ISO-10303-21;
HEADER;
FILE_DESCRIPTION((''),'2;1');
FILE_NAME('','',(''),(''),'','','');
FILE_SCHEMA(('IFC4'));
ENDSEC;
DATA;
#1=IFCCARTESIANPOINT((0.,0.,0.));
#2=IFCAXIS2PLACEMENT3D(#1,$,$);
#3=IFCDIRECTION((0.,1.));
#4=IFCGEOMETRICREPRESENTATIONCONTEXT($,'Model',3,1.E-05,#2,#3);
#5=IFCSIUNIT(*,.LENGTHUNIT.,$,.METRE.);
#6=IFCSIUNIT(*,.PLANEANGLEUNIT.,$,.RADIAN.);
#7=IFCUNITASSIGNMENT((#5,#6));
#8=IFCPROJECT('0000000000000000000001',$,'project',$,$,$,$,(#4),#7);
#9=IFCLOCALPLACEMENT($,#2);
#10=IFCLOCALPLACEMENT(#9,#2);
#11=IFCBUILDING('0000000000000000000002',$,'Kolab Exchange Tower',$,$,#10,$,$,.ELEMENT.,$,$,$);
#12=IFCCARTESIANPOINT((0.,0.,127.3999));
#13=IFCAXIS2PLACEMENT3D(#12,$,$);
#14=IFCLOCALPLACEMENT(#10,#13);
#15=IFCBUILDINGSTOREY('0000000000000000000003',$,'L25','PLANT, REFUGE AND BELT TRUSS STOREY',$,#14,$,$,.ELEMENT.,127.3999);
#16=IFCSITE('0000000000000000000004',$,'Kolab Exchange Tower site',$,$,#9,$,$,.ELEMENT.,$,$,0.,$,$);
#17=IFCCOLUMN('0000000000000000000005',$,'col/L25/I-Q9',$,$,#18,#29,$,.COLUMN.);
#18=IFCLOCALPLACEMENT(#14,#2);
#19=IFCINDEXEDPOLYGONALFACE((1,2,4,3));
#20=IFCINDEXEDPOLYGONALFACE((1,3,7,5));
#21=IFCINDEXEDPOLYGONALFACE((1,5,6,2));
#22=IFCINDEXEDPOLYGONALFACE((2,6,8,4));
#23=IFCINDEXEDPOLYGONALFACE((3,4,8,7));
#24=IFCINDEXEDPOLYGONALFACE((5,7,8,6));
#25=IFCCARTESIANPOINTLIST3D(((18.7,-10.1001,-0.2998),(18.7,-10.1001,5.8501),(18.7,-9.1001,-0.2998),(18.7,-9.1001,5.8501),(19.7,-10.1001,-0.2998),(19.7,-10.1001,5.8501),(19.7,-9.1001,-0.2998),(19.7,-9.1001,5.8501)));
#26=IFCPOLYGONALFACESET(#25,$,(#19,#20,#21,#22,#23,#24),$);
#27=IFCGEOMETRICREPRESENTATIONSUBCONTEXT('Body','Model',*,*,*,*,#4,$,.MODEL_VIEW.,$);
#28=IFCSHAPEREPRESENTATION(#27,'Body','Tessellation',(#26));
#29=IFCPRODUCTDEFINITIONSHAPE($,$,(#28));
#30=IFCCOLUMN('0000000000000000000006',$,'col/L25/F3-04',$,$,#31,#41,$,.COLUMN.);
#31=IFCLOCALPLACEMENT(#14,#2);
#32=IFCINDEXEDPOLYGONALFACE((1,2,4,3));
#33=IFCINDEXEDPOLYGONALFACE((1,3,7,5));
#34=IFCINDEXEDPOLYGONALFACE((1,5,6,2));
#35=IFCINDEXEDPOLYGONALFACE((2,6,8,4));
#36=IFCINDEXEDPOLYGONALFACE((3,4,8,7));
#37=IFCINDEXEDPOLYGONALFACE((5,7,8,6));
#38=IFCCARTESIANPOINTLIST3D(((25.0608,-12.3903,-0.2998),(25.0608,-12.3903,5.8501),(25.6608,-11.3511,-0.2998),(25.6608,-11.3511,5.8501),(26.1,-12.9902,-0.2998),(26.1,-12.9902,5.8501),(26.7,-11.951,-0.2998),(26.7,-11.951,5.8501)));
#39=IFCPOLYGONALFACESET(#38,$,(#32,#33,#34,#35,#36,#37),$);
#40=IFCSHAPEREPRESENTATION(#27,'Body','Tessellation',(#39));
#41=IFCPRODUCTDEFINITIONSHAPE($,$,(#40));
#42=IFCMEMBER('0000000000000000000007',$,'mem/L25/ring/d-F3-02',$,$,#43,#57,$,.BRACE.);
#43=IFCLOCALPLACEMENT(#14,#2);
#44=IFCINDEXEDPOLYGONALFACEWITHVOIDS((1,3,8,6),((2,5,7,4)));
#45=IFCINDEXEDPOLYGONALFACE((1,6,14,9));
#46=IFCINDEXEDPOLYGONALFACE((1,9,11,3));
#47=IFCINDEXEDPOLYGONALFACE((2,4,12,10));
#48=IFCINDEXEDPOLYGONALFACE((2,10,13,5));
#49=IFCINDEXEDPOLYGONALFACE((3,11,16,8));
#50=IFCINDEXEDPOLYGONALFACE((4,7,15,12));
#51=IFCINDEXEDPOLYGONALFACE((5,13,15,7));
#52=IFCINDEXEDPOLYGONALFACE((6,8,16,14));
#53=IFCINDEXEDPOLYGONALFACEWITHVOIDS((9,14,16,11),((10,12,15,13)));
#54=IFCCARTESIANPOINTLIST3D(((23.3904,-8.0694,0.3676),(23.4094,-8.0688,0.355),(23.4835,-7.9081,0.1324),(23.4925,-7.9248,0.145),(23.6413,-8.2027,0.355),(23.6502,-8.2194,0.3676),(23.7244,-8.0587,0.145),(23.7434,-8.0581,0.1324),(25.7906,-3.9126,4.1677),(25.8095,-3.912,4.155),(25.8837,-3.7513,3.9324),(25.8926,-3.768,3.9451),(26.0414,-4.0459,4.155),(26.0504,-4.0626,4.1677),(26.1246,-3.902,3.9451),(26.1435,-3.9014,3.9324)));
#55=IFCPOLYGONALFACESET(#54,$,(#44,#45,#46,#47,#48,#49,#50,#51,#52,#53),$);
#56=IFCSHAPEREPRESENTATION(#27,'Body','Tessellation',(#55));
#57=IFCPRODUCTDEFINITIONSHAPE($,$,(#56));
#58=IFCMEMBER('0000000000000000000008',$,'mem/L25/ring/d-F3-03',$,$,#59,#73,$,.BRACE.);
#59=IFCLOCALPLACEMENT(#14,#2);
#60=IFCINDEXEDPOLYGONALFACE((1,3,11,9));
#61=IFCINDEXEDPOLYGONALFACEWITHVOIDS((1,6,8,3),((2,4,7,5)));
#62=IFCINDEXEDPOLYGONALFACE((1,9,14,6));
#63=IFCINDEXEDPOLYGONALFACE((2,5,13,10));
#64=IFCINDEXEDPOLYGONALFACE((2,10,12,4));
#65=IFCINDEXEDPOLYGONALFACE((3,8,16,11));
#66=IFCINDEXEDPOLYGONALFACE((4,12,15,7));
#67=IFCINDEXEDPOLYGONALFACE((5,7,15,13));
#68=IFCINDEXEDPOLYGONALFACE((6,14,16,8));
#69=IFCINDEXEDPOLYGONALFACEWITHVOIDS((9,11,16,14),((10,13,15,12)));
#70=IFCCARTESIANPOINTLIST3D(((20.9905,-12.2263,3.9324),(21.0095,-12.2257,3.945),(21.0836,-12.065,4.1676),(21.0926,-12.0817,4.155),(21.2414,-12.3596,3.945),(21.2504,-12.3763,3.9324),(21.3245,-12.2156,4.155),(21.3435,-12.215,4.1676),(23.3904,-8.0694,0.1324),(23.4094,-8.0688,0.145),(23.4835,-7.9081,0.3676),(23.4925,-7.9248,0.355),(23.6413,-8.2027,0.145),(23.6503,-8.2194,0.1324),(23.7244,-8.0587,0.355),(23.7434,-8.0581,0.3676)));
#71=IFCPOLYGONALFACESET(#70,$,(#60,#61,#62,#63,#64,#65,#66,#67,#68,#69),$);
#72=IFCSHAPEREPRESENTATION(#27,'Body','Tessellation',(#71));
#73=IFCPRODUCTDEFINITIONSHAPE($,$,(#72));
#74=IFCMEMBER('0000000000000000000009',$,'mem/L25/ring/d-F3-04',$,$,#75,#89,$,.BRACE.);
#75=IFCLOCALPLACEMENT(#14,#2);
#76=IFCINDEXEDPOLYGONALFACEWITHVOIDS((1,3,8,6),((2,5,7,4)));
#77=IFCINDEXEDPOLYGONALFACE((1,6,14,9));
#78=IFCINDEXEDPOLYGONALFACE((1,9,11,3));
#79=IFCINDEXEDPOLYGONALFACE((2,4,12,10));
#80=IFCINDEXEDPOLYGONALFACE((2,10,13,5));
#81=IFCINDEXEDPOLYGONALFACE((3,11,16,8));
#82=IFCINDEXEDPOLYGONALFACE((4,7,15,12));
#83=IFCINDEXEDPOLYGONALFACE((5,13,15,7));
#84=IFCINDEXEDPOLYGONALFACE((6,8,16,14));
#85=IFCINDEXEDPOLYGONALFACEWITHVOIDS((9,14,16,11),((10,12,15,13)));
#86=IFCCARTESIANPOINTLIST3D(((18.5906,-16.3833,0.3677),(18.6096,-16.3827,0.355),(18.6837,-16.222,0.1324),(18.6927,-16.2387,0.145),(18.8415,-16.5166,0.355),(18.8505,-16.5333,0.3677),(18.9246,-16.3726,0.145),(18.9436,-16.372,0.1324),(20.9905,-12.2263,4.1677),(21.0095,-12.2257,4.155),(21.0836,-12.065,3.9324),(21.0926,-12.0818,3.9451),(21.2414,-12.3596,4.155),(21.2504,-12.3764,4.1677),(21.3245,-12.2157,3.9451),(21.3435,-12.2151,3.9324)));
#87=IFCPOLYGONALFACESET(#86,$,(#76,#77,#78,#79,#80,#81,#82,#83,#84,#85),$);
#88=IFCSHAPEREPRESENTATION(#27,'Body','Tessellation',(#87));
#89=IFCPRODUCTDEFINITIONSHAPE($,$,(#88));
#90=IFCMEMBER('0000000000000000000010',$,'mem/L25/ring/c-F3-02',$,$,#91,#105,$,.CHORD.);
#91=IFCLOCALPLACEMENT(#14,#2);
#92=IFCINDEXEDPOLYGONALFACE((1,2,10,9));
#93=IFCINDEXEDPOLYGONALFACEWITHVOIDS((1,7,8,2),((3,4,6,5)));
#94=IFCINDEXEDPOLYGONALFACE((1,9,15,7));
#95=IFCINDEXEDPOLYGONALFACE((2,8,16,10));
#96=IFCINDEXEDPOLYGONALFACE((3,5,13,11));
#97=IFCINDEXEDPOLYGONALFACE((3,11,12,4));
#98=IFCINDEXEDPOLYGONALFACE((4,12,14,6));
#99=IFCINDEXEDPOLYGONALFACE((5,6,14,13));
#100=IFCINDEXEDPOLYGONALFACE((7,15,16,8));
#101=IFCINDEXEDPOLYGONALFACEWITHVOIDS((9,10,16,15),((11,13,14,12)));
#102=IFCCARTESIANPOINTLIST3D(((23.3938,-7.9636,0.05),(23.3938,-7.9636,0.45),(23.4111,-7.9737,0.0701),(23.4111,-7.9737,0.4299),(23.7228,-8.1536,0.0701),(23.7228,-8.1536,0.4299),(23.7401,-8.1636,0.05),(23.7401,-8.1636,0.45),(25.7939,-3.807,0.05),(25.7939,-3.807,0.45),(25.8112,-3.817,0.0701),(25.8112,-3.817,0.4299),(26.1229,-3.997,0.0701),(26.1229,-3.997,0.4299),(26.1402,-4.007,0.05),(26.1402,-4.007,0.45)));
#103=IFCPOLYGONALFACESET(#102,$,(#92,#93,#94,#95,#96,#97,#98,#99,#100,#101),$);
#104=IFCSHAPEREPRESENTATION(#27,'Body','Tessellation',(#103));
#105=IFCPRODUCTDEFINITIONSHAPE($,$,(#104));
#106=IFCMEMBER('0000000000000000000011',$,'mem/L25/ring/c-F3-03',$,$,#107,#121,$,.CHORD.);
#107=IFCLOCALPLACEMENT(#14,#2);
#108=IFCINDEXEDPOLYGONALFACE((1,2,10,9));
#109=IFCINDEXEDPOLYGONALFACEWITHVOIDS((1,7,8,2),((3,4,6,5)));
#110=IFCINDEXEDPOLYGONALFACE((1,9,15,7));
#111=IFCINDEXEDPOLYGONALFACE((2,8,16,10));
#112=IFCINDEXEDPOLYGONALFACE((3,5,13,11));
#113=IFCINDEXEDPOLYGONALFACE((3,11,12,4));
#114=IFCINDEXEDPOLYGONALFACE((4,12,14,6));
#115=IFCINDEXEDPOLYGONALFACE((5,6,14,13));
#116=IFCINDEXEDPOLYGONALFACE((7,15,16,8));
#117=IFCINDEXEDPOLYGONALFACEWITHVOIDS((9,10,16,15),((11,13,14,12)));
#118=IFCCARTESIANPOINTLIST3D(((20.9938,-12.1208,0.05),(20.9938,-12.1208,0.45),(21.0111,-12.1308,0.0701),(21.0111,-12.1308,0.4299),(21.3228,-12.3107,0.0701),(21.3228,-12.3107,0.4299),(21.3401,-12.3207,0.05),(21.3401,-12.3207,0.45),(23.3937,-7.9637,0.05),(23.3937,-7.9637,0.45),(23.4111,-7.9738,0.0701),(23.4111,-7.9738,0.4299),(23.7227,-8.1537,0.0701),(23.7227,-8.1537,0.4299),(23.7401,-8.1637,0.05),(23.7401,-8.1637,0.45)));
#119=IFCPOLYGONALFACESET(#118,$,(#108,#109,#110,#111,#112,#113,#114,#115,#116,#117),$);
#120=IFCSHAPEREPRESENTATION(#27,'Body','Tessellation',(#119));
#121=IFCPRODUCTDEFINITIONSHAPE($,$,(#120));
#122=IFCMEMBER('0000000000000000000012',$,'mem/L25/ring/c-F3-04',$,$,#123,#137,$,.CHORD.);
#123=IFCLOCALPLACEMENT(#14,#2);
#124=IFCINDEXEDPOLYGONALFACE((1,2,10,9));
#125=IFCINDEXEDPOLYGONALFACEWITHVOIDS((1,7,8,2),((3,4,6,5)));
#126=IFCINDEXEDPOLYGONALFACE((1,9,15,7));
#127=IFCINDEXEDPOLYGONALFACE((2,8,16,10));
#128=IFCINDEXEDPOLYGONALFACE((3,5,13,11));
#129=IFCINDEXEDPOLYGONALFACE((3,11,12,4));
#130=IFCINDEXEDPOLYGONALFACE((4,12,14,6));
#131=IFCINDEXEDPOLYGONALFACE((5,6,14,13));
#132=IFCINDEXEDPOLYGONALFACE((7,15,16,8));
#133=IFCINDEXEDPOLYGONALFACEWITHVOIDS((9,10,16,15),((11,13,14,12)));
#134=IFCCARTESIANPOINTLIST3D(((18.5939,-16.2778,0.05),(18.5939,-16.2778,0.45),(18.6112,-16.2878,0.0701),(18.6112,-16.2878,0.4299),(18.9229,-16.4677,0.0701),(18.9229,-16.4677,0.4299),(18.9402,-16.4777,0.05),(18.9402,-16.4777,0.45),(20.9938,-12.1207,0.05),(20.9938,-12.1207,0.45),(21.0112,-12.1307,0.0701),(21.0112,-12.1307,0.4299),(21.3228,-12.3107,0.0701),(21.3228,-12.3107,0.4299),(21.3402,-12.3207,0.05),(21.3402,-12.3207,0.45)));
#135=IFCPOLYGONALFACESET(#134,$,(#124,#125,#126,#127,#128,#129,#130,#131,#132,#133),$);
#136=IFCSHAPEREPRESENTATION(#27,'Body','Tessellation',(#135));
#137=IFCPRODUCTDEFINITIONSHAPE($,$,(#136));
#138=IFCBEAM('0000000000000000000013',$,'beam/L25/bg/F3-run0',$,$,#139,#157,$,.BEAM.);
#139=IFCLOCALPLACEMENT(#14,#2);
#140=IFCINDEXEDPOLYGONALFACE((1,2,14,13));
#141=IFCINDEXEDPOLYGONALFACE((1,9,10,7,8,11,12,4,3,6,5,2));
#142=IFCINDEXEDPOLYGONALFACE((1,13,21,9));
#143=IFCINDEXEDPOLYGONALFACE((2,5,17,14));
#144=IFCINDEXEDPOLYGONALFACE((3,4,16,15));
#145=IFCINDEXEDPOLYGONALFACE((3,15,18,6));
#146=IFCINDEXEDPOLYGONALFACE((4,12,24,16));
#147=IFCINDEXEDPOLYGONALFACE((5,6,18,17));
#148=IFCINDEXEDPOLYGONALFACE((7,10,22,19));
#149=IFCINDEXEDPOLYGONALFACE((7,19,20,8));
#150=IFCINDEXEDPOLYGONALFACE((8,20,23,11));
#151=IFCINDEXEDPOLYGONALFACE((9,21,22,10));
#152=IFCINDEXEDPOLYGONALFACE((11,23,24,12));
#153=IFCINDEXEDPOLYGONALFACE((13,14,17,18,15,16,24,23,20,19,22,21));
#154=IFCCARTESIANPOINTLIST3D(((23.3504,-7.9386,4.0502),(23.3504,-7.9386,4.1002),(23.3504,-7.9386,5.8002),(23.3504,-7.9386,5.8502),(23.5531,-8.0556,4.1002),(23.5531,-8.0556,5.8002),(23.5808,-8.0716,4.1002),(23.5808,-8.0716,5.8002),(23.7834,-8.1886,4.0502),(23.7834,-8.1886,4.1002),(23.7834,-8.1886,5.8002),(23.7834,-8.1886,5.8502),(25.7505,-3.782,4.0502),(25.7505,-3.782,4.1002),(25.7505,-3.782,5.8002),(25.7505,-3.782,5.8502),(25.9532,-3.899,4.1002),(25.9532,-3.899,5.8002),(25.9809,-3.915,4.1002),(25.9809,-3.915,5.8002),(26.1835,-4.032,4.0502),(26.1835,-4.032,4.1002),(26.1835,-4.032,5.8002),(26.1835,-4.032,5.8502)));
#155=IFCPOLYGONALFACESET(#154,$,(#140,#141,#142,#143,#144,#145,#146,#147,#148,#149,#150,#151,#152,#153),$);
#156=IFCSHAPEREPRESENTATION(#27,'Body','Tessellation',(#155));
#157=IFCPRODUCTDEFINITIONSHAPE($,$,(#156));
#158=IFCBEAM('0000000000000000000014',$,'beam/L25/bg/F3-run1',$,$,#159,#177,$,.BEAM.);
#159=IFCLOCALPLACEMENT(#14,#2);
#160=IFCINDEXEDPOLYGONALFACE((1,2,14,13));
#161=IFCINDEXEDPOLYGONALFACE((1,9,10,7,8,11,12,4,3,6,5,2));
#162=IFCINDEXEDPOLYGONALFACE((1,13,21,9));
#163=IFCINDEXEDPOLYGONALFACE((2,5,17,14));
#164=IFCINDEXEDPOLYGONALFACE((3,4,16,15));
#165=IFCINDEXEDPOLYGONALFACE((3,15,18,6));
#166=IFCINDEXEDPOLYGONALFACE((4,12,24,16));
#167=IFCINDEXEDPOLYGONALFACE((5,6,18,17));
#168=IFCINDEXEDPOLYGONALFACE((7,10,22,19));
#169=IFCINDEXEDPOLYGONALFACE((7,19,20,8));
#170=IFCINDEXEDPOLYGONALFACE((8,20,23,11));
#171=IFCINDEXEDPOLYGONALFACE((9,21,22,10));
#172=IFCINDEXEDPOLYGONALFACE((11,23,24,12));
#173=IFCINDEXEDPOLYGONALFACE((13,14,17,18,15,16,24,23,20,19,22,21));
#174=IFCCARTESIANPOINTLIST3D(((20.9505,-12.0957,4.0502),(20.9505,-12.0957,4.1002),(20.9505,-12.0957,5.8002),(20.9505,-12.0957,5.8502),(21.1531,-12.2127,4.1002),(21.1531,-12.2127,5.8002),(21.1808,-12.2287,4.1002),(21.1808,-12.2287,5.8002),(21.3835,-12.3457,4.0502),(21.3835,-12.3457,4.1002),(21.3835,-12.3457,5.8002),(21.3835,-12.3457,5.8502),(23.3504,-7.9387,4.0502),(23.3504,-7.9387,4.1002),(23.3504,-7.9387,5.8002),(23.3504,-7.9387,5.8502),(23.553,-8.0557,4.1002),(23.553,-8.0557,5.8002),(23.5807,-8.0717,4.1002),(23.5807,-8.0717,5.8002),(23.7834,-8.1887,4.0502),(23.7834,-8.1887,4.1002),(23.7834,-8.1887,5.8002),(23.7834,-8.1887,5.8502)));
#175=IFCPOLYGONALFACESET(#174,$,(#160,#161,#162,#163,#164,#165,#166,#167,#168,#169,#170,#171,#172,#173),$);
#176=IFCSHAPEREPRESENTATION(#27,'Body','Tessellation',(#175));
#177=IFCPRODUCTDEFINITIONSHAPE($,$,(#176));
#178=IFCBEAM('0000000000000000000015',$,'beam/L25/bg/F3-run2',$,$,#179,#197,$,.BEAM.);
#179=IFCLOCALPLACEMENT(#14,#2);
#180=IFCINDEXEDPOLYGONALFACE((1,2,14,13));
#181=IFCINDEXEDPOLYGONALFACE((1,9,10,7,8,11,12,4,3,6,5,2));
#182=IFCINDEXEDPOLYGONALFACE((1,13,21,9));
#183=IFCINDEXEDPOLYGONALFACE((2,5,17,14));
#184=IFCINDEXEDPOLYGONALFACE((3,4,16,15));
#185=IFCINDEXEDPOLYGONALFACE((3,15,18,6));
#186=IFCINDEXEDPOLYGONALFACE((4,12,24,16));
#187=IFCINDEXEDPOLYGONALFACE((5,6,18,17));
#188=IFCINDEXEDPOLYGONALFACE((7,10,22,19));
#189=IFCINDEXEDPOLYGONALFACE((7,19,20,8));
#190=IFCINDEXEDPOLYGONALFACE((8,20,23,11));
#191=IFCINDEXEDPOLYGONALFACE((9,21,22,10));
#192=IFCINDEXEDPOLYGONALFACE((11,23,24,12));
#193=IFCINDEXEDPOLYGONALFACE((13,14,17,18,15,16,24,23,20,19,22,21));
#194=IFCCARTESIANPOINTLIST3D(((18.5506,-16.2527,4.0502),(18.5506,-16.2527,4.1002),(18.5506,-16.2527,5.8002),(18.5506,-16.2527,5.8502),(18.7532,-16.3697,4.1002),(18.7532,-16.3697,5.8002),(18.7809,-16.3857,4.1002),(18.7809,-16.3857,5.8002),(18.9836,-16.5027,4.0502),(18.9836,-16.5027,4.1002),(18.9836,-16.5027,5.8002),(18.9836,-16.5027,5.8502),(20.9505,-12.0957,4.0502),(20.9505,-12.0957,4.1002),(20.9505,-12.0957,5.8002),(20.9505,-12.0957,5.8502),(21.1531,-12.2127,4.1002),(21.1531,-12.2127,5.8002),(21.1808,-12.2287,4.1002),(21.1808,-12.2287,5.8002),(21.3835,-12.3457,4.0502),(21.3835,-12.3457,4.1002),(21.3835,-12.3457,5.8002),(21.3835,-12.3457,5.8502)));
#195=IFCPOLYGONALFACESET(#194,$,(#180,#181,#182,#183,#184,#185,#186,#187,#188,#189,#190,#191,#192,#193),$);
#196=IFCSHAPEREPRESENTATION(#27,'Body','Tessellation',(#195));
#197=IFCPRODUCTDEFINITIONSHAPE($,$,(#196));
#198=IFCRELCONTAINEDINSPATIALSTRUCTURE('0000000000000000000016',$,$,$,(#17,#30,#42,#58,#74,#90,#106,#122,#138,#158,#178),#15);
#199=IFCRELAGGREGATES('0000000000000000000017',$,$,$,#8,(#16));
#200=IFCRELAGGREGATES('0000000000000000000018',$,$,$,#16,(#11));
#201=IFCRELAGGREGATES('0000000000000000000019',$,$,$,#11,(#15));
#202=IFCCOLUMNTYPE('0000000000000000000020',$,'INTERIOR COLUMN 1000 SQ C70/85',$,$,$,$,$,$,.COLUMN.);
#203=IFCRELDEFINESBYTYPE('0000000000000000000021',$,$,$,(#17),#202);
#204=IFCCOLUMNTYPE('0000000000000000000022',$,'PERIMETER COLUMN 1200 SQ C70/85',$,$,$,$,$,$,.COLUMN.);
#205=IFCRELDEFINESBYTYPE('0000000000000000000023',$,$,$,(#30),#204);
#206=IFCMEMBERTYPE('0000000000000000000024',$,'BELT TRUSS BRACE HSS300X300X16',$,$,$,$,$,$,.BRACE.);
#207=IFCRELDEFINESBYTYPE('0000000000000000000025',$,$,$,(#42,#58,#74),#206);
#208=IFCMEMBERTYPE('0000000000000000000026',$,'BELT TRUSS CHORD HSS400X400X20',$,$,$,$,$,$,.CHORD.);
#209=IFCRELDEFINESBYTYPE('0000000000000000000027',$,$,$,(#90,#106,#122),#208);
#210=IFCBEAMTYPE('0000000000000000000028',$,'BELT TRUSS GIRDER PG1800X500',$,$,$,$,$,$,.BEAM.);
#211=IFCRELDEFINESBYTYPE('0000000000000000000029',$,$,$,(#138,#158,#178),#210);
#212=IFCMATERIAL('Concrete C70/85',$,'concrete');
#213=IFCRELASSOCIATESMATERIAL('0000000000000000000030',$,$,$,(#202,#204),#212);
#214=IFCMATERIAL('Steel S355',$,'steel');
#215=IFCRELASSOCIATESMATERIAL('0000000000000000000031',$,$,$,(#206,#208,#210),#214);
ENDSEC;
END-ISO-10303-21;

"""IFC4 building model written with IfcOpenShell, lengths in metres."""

from ifc_helpers import new_model, si_unit, direction, frame, origin, origin_2d, place, context, subcontext, project, spatial, rectangle, hollow_rectangle, i_section, extrude, material, material_profile, profile_set, type_object, element, save


model = new_model("IFC4")

# Units and contexts
model_context = context("Model", 3, precision=1e-05, world=origin(), true_north=direction((0.0, 1.0)))
body_context = subcontext(model_context, "Body", "Model", "MODEL_VIEW")
ifc_project = project(units=[si_unit("LENGTHUNIT", "METRE"), si_unit("PLANEANGLEUNIT", "RADIAN")], contexts=[model_context])

# Site, building, storey
site_placement = place(None, origin())
site = spatial("IfcSite", under=ifc_project, at=site_placement, Name="Kolab Exchange Tower site", CompositionType="ELEMENT", RefElevation=0.0)
building_placement = place(site_placement, origin())
building = spatial("IfcBuilding", under=site, at=building_placement, Name="Kolab Exchange Tower", CompositionType="ELEMENT")
storey_placement = place(building_placement, frame((0.0, 0.0, 127.3999)))
storey = spatial("IfcBuildingStorey", under=building, at=storey_placement, Name="L25", Description="PLANT, REFUGE AND BELT TRUSS STOREY", CompositionType="ELEMENT", Elevation=127.3999)

# Columns
ifc_material_1 = material(Name="Concrete C70/85", Category="concrete")
ifc_material_profile_1 = material_profile(ifc_material_1, rectangle(XDim=1.0, YDim=1.0, at=origin_2d()), Name="RC1000")
ifc_profile_set_1 = profile_set([ifc_material_profile_1], Name="Concrete C70/85")
column_type_1 = type_object("IfcColumnType", Name="INTERIOR COLUMN 1000 SQ C70/85", PredefinedType="COLUMN", material=ifc_profile_set_1)
column_1_placement = place(storey_placement, frame((19.2, -9.6001, -0.2998), z_axis=(0.0, 0.0, 1.0), x_axis=(1.0, 0.0, 0.0)))
element("IfcColumn", 1, at=column_1_placement, inside=storey, type_object=column_type_1, Name="col/L25/I-Q9", PredefinedType="COLUMN", context=body_context, shape_type="SweptSolid", body=[
    extrude(rectangle(XDim=1.0, YDim=1.0, at=origin_2d()), origin(), (0.0, 0.0, 1.0), 6.1499),
])
ifc_material_profile_2 = material_profile(ifc_material_1, rectangle(XDim=1.2, YDim=1.2, at=origin_2d()), Name="RC1200")
ifc_profile_set_2 = profile_set([ifc_material_profile_2], Name="Concrete C70/85")
column_type_2 = type_object("IfcColumnType", Name="PERIMETER COLUMN 1200 SQ C70/85", PredefinedType="COLUMN", material=ifc_profile_set_2)
column_2_placement = place(storey_placement, frame((25.8804, -12.1707, -0.2998), z_axis=(0.0, 0.0, 1.0), x_axis=(0.5, 0.866025, 0.0)))
element("IfcColumn", 2, at=column_2_placement, inside=storey, type_object=column_type_2, Name="col/L25/F3-04", PredefinedType="COLUMN", context=body_context, shape_type="SweptSolid", body=[
    extrude(rectangle(XDim=1.2, YDim=1.2, at=origin_2d()), origin(), (0.0, 0.0, 1.0), 6.1499),
])

# Members
ifc_material_2 = material(Name="Steel S355", Category="steel")
ifc_material_profile_3 = material_profile(ifc_material_2, hollow_rectangle(XDim=0.3, YDim=0.3, WallThickness=0.0161, at=origin_2d()), Name="HSS300X300X16")
ifc_profile_set_3 = profile_set([ifc_material_profile_3], Name="Steel S355")
member_type_1 = type_object("IfcMemberType", Name="BELT TRUSS BRACE HSS300X300X16", PredefinedType="BRACE", material=ifc_profile_set_3)
for number, where, z_axis, x_axis, name in (
    (3, (25.967, -3.907, 4.05), (-0.392049, -0.678978, -0.620715), (0.866003, -0.500039, 0.0), "mem/L25/ring/d-F3-02"),
    (4, (23.5669, -8.0637, 0.25), (-0.392005, -0.67901, 0.620708), (0.866037, -0.499979, 0.0), "mem/L25/ring/d-F3-03"),
    (5, (21.167, -12.2207, 4.05), (-0.392005, -0.67901, -0.620708), (0.866037, -0.499979, 0.0), "mem/L25/ring/d-F3-04"),
):
    element("IfcMember", number, at=place(storey_placement, frame(where, z_axis=z_axis, x_axis=x_axis)), inside=storey, type_object=member_type_1, Name=name, PredefinedType="BRACE", context=body_context, shape_type="SweptSolid", body=[
        extrude(hollow_rectangle(XDim=0.3, YDim=0.3, WallThickness=0.0161, at=origin_2d()), origin(), (0.0, 0.0, 1.0), 6.1221),
    ])
ifc_material_profile_4 = material_profile(ifc_material_2, hollow_rectangle(XDim=0.3999, YDim=0.3999, WallThickness=0.02, at=origin_2d()), Name="HSS400X400X20")
ifc_profile_set_4 = profile_set([ifc_material_profile_4], Name="Steel S355")
member_type_2 = type_object("IfcMemberType", Name="BELT TRUSS CHORD HSS400X400X20", PredefinedType="CHORD", material=ifc_profile_set_4)
member_1_placement = place(storey_placement, frame((25.967, -3.907, 0.25), z_axis=(-0.500039, -0.866003, 0.0), x_axis=(0.866003, -0.500039, 0.0)))
element("IfcMember", 6, at=member_1_placement, inside=storey, type_object=member_type_2, Name="mem/L25/ring/c-F3-02", PredefinedType="CHORD", context=body_context, shape_type="SweptSolid", body=[
    extrude(hollow_rectangle(XDim=0.3999, YDim=0.3999, WallThickness=0.02, at=origin_2d()), origin(), (0.0, 0.0, 1.0), 4.7998),
])
for number, where, z_axis, x_axis, name in (
    (7, (23.5669, -8.0637, 0.25), (-0.499979, -0.866037, 0.0), (0.866037, -0.499979, 0.0), "mem/L25/ring/c-F3-03"),
    (8, (21.167, -12.2207, 0.25), (-0.499979, -0.866037, 0.0), (0.866037, -0.499979, 0.0), "mem/L25/ring/c-F3-04"),
):
    element("IfcMember", number, at=place(storey_placement, frame(where, z_axis=z_axis, x_axis=x_axis)), inside=storey, type_object=member_type_2, Name=name, PredefinedType="CHORD", context=body_context, shape_type="SweptSolid", body=[
        extrude(hollow_rectangle(XDim=0.3999, YDim=0.3999, WallThickness=0.02, at=origin_2d()), origin(), (0.0, 0.0, 1.0), 4.8),
    ])

# Beams
ifc_material_profile_5 = material_profile(ifc_material_2, i_section(OverallWidth=0.5, OverallDepth=1.8, WebThickness=0.032, FlangeThickness=0.05, at=origin_2d()), Name="PG1800X500")
ifc_profile_set_5 = profile_set([ifc_material_profile_5], Name="Steel S355")
beam_type_1 = type_object("IfcBeamType", Name="BELT TRUSS GIRDER PG1800X500", PredefinedType="BEAM", material=ifc_profile_set_5)
beam_1_placement = place(storey_placement, frame((25.967, -3.907, 4.9502), z_axis=(-0.500039, -0.866003, 0.0), x_axis=(0.866003, -0.500039, 0.0)))
element("IfcBeam", 9, at=beam_1_placement, inside=storey, type_object=beam_type_1, Name="beam/L25/bg/F3-run0", PredefinedType="BEAM", context=body_context, shape_type="SweptSolid", body=[
    extrude(i_section(OverallWidth=0.5, OverallDepth=1.8, WebThickness=0.032, FlangeThickness=0.05, at=origin_2d()), origin(), (0.0, 0.0, 1.0), 4.7998),
])
for number, where, z_axis, x_axis, name in (
    (10, (23.5669, -8.0637, 4.9502), (-0.499979, -0.866037, 0.0), (0.866037, -0.499979, 0.0), "beam/L25/bg/F3-run1"),
    (11, (21.167, -12.2207, 4.9502), (-0.499979, -0.866037, 0.0), (0.866037, -0.499979, 0.0), "beam/L25/bg/F3-run2"),
):
    element("IfcBeam", number, at=place(storey_placement, frame(where, z_axis=z_axis, x_axis=x_axis)), inside=storey, type_object=beam_type_1, Name=name, PredefinedType="BEAM", context=body_context, shape_type="SweptSolid", body=[
        extrude(i_section(OverallWidth=0.5, OverallDepth=1.8, WebThickness=0.032, FlangeThickness=0.05, at=origin_2d()), origin(), (0.0, 0.0, 1.0), 4.8),
    ])

save(model, "model.ifc")
